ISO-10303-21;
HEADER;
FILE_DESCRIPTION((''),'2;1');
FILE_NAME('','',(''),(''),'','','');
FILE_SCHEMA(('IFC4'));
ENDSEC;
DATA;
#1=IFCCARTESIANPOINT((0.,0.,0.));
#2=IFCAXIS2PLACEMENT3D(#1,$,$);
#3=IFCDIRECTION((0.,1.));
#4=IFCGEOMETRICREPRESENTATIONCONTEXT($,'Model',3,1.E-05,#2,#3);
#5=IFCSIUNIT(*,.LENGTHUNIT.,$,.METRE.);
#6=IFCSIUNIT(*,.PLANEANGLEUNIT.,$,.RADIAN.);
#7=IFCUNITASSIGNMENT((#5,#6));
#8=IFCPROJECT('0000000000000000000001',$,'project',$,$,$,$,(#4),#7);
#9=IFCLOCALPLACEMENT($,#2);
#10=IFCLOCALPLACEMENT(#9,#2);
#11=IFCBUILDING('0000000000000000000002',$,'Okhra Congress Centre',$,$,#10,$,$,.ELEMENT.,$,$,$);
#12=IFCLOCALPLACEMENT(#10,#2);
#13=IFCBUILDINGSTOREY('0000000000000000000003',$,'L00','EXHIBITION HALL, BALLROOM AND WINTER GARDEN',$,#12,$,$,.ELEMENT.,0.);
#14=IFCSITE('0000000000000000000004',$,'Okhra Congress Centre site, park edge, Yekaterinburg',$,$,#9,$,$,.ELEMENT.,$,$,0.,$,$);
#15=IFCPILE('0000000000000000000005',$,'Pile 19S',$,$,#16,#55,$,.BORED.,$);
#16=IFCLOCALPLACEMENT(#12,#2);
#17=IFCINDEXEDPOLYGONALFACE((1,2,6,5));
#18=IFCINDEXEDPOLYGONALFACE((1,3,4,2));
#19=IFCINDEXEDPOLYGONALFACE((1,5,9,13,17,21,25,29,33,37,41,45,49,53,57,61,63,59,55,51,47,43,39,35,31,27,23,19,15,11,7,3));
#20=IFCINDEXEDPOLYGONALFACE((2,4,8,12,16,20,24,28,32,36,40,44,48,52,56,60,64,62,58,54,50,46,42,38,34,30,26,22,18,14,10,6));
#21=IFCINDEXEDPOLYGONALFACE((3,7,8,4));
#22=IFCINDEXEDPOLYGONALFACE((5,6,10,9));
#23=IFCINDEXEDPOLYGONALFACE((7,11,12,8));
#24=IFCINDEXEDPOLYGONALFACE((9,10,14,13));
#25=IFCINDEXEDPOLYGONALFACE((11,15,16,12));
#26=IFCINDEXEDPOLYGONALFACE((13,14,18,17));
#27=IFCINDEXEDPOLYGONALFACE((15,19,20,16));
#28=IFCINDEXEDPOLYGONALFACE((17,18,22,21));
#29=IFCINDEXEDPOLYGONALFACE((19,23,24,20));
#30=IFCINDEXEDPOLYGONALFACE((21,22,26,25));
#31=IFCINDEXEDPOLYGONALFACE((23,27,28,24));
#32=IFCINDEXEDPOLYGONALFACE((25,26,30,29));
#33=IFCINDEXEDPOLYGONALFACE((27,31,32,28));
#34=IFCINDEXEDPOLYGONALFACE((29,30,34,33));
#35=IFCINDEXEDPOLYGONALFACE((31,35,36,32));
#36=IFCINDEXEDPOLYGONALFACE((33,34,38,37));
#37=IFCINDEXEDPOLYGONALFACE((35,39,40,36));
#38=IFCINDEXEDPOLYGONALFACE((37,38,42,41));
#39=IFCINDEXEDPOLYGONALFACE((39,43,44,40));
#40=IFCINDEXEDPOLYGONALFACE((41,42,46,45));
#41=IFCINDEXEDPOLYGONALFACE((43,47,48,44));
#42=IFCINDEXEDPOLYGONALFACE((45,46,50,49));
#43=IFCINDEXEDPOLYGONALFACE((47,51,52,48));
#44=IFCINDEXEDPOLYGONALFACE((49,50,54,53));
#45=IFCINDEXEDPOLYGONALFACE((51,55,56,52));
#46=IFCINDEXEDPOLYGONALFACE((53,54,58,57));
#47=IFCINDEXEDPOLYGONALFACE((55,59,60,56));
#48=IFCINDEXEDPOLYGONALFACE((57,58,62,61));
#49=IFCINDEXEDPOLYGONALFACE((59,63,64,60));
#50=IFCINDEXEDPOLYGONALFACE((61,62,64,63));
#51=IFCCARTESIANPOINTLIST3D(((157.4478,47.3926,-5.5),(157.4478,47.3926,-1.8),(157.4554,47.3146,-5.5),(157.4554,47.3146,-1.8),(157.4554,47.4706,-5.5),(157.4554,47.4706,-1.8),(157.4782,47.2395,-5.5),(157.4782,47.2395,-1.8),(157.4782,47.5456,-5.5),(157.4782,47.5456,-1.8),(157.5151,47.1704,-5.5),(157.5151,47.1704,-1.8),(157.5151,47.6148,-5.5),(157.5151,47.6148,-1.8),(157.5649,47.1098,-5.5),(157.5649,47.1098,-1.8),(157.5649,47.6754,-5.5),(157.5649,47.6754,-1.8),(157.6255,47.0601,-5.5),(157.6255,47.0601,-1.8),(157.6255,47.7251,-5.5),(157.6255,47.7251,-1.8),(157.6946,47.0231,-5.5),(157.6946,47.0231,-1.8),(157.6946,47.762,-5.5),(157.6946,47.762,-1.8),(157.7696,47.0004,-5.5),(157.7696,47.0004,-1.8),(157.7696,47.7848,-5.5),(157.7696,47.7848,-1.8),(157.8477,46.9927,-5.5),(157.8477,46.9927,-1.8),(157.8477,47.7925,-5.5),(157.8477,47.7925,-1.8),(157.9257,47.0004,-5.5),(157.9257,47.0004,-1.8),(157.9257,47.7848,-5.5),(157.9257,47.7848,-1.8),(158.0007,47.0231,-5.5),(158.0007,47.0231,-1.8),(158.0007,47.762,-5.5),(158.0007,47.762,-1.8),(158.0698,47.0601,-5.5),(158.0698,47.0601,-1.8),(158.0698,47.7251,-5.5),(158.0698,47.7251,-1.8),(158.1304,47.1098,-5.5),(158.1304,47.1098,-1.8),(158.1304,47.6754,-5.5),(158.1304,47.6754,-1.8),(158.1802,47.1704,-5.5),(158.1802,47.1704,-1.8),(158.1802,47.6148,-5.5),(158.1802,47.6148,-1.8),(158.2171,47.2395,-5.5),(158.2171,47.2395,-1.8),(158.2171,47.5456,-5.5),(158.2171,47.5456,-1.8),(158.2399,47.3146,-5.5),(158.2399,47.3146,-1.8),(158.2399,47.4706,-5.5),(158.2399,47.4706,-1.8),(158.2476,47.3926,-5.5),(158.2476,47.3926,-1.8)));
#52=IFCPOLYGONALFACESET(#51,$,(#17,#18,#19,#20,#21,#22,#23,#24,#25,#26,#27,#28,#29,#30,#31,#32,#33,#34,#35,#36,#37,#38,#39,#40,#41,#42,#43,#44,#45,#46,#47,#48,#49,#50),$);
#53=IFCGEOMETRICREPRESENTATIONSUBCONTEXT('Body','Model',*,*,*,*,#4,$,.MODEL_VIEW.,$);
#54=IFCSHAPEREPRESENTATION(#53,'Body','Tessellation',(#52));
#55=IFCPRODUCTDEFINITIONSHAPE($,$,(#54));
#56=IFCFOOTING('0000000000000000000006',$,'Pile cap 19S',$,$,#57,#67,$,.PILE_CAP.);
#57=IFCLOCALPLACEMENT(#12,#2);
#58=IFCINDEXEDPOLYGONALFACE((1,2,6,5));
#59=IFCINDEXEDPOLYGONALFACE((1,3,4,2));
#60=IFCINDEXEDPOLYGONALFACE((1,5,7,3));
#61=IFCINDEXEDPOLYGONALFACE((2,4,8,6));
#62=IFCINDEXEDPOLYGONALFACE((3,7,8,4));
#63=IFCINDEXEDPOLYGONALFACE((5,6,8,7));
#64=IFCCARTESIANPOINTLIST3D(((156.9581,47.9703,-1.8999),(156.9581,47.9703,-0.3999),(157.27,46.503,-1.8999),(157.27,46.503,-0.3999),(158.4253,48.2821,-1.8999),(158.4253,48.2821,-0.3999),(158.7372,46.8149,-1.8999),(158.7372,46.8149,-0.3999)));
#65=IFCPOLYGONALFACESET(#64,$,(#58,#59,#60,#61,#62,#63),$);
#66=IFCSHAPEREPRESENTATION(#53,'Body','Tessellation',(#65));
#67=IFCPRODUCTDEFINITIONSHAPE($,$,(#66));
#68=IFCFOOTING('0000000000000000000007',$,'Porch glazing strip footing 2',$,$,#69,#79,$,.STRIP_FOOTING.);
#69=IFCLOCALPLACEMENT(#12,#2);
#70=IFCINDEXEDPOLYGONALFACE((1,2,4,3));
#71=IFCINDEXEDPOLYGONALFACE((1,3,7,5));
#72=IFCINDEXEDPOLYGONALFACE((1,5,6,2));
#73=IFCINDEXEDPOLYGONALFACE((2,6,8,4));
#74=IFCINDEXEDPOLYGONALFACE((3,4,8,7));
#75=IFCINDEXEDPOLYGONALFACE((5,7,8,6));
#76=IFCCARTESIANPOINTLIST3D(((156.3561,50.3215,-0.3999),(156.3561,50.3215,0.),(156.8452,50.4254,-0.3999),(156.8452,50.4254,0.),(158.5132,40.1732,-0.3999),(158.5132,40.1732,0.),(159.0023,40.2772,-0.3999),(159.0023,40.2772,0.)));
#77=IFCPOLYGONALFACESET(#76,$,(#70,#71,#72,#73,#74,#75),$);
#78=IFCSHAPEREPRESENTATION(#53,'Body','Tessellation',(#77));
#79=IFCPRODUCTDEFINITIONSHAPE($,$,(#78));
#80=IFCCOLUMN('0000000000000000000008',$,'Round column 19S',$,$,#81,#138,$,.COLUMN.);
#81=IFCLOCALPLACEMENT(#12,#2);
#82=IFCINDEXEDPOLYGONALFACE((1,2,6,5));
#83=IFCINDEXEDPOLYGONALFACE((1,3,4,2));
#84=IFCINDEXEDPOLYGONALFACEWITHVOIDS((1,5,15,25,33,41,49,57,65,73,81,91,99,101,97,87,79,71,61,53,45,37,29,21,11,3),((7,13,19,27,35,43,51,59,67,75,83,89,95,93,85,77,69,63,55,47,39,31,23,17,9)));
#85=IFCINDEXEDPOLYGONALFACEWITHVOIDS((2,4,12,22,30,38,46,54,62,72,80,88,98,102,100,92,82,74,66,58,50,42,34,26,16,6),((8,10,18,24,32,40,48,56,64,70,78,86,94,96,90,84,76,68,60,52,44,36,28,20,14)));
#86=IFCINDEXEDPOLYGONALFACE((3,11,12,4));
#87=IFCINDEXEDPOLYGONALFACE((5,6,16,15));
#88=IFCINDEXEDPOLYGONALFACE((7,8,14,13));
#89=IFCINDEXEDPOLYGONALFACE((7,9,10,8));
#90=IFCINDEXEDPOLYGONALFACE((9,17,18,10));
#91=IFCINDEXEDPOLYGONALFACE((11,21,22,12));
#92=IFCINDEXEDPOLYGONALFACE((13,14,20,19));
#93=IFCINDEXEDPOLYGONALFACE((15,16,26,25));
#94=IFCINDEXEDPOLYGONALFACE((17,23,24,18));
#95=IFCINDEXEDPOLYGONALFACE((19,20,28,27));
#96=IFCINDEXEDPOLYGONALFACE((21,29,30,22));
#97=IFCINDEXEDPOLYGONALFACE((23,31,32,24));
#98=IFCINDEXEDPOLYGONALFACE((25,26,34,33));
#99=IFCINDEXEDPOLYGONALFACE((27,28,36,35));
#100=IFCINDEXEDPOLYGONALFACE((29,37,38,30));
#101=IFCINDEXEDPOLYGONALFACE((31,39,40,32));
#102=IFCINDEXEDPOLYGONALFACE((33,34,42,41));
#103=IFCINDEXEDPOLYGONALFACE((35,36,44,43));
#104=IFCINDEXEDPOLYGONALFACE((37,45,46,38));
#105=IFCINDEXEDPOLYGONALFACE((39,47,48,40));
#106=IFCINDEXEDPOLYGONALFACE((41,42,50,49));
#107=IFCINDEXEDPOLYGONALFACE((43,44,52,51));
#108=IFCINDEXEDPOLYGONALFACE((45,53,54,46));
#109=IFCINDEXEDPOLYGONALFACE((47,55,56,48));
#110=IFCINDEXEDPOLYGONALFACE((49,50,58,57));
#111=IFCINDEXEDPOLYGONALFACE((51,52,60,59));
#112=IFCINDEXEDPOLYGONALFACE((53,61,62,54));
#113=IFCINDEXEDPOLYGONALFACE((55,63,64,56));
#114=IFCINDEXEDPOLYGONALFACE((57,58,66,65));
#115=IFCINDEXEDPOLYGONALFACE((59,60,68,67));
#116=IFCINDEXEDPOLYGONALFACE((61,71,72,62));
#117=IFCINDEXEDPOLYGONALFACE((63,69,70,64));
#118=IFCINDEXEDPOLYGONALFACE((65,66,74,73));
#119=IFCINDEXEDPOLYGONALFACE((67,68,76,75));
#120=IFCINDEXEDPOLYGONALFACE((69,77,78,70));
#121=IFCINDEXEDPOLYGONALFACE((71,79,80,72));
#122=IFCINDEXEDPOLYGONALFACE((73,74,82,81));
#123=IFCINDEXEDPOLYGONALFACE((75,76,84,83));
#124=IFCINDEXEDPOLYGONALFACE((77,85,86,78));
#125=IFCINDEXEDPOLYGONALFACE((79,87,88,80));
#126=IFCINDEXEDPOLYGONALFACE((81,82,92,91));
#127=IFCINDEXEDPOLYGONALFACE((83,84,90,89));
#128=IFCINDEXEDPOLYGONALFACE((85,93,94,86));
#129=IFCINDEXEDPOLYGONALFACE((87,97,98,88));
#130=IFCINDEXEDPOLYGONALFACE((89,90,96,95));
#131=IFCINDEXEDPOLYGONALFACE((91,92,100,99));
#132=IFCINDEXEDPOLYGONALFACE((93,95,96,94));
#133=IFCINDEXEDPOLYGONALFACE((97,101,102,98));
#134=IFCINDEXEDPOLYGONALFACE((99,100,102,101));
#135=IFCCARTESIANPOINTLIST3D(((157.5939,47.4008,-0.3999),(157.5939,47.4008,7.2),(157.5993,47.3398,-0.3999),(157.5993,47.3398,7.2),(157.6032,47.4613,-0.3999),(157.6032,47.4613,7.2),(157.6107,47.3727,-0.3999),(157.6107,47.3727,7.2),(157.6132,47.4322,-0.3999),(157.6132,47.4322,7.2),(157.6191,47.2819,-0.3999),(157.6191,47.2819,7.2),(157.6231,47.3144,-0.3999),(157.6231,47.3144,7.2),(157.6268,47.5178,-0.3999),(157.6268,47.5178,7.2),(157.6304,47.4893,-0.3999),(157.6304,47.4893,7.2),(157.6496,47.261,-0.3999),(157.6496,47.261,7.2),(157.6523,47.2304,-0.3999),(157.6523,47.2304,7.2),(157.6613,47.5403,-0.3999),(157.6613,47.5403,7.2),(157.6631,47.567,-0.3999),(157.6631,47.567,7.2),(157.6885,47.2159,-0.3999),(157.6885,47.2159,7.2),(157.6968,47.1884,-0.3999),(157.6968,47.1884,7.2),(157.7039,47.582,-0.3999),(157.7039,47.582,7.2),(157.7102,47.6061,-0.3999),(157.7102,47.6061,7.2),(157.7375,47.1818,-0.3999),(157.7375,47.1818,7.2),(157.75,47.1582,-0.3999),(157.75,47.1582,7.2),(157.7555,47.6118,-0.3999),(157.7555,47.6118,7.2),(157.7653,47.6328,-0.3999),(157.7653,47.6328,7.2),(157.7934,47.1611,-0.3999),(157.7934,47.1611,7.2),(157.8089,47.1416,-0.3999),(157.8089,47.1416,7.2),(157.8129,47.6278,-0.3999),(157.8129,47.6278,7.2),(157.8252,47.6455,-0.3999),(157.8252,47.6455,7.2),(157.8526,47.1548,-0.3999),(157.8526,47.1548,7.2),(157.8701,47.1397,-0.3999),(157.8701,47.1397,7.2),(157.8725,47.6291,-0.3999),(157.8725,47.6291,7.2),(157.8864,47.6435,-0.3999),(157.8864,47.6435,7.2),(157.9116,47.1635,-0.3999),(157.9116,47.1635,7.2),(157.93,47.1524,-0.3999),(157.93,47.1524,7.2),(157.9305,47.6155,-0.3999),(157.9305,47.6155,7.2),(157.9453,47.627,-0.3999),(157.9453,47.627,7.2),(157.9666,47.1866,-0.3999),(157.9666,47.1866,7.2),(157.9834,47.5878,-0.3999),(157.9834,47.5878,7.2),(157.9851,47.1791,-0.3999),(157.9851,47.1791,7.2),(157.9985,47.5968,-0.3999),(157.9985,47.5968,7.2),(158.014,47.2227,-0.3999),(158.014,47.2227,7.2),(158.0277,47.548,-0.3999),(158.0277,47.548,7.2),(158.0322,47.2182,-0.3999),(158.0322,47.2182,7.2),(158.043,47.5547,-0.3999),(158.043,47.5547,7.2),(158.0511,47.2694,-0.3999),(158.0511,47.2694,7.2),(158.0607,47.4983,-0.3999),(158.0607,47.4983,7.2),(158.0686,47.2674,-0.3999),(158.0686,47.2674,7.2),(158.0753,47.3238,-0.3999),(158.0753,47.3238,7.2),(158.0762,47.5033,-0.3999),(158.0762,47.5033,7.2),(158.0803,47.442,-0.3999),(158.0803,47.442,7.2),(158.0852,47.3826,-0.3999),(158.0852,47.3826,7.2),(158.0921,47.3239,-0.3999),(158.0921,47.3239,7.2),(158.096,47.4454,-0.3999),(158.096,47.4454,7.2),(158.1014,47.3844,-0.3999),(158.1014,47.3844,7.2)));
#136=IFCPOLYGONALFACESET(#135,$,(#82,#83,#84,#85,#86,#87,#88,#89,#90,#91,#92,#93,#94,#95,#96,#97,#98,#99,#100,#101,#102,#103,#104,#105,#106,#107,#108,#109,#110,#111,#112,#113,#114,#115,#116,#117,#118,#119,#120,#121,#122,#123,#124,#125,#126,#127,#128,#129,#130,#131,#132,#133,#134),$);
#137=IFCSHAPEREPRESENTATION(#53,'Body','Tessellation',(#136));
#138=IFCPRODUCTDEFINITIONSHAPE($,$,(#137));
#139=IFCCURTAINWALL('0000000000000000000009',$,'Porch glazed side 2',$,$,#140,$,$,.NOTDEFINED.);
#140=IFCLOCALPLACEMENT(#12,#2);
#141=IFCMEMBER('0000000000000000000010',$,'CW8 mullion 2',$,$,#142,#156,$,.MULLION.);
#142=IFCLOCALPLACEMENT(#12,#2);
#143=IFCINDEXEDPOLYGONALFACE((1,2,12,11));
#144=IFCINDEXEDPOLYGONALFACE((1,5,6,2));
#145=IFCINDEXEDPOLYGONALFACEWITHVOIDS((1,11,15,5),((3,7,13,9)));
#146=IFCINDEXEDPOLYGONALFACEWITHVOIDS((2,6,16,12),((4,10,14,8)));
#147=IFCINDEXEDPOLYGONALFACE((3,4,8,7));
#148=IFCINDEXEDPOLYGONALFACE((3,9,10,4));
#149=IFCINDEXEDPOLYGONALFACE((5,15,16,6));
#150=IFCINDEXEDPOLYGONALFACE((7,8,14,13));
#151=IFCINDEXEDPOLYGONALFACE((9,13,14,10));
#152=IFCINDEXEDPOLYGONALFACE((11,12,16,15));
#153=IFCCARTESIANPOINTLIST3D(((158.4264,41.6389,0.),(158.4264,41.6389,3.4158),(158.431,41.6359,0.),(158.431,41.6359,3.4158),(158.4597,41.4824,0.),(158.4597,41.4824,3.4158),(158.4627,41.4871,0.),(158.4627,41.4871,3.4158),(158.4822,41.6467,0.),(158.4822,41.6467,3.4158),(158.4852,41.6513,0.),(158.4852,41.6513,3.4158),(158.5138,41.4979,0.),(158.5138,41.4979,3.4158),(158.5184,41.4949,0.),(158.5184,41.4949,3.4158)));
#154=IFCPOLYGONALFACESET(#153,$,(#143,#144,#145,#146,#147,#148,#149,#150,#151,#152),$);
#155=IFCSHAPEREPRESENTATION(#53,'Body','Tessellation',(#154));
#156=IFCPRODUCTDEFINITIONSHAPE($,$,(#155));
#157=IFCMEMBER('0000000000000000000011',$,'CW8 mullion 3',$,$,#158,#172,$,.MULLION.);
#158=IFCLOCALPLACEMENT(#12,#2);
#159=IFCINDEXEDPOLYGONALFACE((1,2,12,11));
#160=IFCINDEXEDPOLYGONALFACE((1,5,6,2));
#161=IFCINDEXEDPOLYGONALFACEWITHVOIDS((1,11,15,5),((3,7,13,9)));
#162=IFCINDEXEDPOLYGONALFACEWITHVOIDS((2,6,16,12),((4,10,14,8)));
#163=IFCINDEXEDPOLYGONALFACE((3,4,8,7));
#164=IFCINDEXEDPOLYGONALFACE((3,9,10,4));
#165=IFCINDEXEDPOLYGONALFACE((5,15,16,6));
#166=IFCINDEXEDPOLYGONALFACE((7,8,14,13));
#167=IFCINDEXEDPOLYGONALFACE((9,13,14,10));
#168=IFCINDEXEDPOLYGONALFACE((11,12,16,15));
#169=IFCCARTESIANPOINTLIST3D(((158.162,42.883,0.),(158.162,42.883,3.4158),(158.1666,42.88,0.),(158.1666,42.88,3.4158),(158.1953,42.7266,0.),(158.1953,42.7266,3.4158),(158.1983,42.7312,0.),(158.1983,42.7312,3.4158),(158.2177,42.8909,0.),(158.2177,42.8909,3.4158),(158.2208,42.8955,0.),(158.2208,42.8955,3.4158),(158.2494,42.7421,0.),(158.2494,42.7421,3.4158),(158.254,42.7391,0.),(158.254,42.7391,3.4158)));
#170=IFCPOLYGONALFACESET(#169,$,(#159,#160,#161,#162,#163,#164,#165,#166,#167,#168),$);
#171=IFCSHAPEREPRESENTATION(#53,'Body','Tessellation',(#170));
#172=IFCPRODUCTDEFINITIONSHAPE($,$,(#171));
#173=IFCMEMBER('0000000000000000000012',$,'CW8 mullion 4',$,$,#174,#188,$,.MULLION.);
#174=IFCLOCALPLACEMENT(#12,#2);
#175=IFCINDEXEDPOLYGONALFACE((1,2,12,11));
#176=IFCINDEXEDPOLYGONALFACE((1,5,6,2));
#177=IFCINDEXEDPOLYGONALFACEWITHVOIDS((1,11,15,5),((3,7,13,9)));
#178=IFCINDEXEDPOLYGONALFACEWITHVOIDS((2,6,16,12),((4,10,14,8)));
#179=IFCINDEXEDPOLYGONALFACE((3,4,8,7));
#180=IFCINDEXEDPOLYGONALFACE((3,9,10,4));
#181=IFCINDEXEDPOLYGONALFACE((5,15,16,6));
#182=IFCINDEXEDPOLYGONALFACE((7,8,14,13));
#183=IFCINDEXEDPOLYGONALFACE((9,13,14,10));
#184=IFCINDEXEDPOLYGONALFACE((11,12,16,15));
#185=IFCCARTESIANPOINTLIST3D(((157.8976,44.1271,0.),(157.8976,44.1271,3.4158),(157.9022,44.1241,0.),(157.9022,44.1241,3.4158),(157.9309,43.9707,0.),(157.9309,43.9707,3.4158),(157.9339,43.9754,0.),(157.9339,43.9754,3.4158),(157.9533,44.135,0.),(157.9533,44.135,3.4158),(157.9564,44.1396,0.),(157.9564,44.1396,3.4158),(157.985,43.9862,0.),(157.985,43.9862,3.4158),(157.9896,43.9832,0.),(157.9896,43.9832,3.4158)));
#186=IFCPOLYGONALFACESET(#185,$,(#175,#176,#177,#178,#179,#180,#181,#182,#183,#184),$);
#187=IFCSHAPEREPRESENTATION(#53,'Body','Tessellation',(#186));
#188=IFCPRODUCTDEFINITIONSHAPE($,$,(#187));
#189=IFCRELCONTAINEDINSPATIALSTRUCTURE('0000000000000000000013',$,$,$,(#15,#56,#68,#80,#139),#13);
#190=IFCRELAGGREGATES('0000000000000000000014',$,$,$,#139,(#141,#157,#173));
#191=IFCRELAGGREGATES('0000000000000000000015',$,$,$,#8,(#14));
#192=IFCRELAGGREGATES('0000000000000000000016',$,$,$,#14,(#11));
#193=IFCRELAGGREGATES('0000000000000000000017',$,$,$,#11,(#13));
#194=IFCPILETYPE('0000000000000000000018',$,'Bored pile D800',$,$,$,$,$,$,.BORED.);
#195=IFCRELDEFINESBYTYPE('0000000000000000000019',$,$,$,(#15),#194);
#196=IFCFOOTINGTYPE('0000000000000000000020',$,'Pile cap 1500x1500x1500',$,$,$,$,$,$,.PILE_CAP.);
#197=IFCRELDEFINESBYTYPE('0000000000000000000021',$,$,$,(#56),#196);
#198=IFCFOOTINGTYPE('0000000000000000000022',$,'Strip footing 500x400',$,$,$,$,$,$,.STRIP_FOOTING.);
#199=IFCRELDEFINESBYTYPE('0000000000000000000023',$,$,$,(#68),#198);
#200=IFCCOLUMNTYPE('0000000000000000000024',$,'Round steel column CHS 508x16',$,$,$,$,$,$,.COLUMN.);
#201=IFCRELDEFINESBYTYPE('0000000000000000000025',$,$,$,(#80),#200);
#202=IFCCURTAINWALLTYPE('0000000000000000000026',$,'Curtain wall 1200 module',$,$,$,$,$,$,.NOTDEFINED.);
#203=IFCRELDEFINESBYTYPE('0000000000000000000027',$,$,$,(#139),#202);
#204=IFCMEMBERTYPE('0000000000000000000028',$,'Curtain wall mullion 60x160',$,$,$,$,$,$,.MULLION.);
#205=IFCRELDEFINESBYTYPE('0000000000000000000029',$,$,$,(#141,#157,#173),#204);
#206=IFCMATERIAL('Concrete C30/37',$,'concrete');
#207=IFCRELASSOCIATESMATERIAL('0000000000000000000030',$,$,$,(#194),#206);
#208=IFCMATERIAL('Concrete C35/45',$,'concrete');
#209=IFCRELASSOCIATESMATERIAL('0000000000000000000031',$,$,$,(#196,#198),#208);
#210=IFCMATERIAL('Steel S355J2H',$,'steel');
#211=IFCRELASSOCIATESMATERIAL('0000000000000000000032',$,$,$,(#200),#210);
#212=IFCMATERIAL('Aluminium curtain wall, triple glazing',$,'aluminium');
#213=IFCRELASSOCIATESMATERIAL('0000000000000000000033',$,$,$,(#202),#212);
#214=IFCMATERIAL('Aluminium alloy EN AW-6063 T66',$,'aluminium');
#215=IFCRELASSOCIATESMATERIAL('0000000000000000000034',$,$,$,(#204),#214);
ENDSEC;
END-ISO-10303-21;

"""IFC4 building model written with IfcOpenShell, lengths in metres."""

from ifc_helpers import new_model, si_unit, direction, frame, origin, origin_2d, place, context, subcontext, project, spatial, rectangle, hollow_rectangle, circle, hollow_circle, extrude, material, material_profile, profile_set, type_object, element, aggregate, save


model = new_model("IFC4")

# Units and contexts
model_context = context("Model", 3, precision=1e-05, world=origin(), true_north=direction((0.0, 1.0)))
body_context = subcontext(model_context, "Body", "Model", "MODEL_VIEW")
ifc_project = project(units=[si_unit("LENGTHUNIT", "METRE"), si_unit("PLANEANGLEUNIT", "RADIAN")], contexts=[model_context])

# Site, building, storey
site_placement = place(None, origin())
site = spatial("IfcSite", under=ifc_project, at=site_placement, Name="Okhra Congress Centre site, park edge, Yekaterinburg", CompositionType="ELEMENT", RefElevation=0.0)
building_placement = place(site_placement, origin())
building = spatial("IfcBuilding", under=site, at=building_placement, Name="Okhra Congress Centre", CompositionType="ELEMENT")
storey_placement = place(building_placement, origin())
storey = spatial("IfcBuildingStorey", under=building, at=storey_placement, Name="L00", Description="EXHIBITION HALL, BALLROOM AND WINTER GARDEN", CompositionType="ELEMENT", Elevation=0.0)

# Pile
ifc_material_1 = material(Name="Concrete C30/37", Category="concrete")
ifc_material_profile_1 = material_profile(ifc_material_1, circle(Radius=0.3999, at=origin_2d()), Name="D800")
ifc_profile_set_1 = profile_set([ifc_material_profile_1], Name="Concrete C30/37")
pile_type = type_object("IfcPileType", Name="Bored pile D800", PredefinedType="BORED", material=ifc_profile_set_1)
pile_placement = place(storey_placement, frame((157.8477, 47.3926, -1.8), z_axis=(0.0, 0.0, -1.0), x_axis=(1.0, 0.0, 0.0)))
element("IfcPile", 1, at=pile_placement, inside=storey, type_object=pile_type, Name="Pile 19S", PredefinedType="BORED", context=body_context, shape_type="SweptSolid", body=[
    extrude(circle(Radius=0.3999, at=origin_2d()), origin(), (0.0, 0.0, 1.0), 3.7),
])

# Footings
ifc_material_2 = material(Name="Concrete C35/45", Category="concrete")
footing_type_1 = type_object("IfcFootingType", Name="Pile cap 1500x1500x1500", PredefinedType="PILE_CAP", material=ifc_material_2)
footing_1_placement = place(storey_placement, frame((157.8477, 47.3926, -1.8999), z_axis=(0.0, 0.0, 1.0), x_axis=(0.978148, 0.207912, 0.0)))
element("IfcFooting", 2, at=footing_1_placement, inside=storey, type_object=footing_type_1, Name="Pile cap 19S", PredefinedType="PILE_CAP", context=body_context, shape_type="SweptSolid", body=[
    extrude(rectangle(XDim=1.5, YDim=1.5, at=origin_2d()), origin(), (0.0, 0.0, 1.0), 1.5),
])
footing_type_2 = type_object("IfcFootingType", Name="Strip footing 500x400", PredefinedType="STRIP_FOOTING", material=ifc_material_2)
footing_2_placement = place(storey_placement, frame((157.6792, 45.2993, -0.3999), z_axis=(0.0, 0.0, 1.0), x_axis=(0.978148, 0.207912, 0.0)))
element("IfcFooting", 3, at=footing_2_placement, inside=storey, type_object=footing_type_2, Name="Porch glazing strip footing 2", PredefinedType="STRIP_FOOTING", context=body_context, shape_type="SweptSolid", body=[
    extrude(rectangle(XDim=0.5, YDim=10.375, at=origin_2d()), origin(), (0.0, 0.0, 1.0), 0.3999),
])

# Column
ifc_material_3 = material(Name="Steel S355J2H", Category="steel")
ifc_material_profile_2 = material_profile(ifc_material_3, hollow_circle(Radius=0.2539, WallThickness=0.0161, at=origin_2d()), Name="CHS 508x16")
ifc_profile_set_2 = profile_set([ifc_material_profile_2], Name="Steel S355J2H")
column_type = type_object("IfcColumnType", Name="Round steel column CHS 508x16", PredefinedType="COLUMN", material=ifc_profile_set_2)
column_placement = place(storey_placement, frame((157.8477, 47.3926, -0.3999), z_axis=(0.0, 0.0, 1.0), x_axis=(0.978148, 0.207912, 0.0)))
element("IfcColumn", 4, at=column_placement, inside=storey, type_object=column_type, Name="Round column 19S", PredefinedType="COLUMN", context=body_context, shape_type="SweptSolid", body=[
    extrude(hollow_circle(Radius=0.2539, WallThickness=0.0161, at=origin_2d()), origin(), (0.0, 0.0, 1.0), 7.5999),
])

# Curtain wall, members
ifc_material_4 = material(Name="Aluminium curtain wall, triple glazing", Category="aluminium")
curtain_wall_type = type_object("IfcCurtainWallType", Name="Curtain wall 1200 module", PredefinedType="NOTDEFINED", material=ifc_material_4)
curtain_wall_placement = place(storey_placement, origin())
curtain_wall = element("IfcCurtainWall", 5, at=curtain_wall_placement, inside=storey, type_object=curtain_wall_type, Name="Porch glazed side 2", PredefinedType="NOTDEFINED")
ifc_material_5 = material(Name="Aluminium alloy EN AW-6063 T66", Category="aluminium")
ifc_material_profile_3 = material_profile(ifc_material_5, hollow_rectangle(XDim=0.0601, YDim=0.1599, WallThickness=0.0039, at=origin_2d()), Name="RHS 60x160x4")
ifc_profile_set_3 = profile_set([ifc_material_profile_3], Name="Aluminium alloy EN AW-6063 T66")
member_type_1 = type_object("IfcMemberType", Name="Curtain wall mullion 60x160", PredefinedType="MULLION", material=ifc_profile_set_3)
member_1_placement = place(storey_placement, frame((158.4724, 41.5669, 0.0), z_axis=(0.0, 0.0, 1.0), x_axis=(-0.978148, -0.207912, 0.0)))
member_1 = element("IfcMember", 6, at=member_1_placement, type_object=member_type_1, Name="CW8 mullion 2", PredefinedType="MULLION", context=body_context, shape_type="SweptSolid", body=[
    extrude(hollow_rectangle(XDim=0.0601, YDim=0.1599, WallThickness=0.0039, at=origin_2d()), origin(), (0.0, 0.0, 1.0), 3.4158),
])
member_2_placement = place(storey_placement, frame((158.208, 42.811, 0.0), z_axis=(0.0, 0.0, 1.0), x_axis=(-0.978148, -0.207912, 0.0)))
member_2 = element("IfcMember", 7, at=member_2_placement, type_object=member_type_1, Name="CW8 mullion 3", PredefinedType="MULLION", context=body_context, shape_type="SweptSolid", body=[
    extrude(hollow_rectangle(XDim=0.0601, YDim=0.1599, WallThickness=0.0039, at=origin_2d()), origin(), (0.0, 0.0, 1.0), 3.4158),
])
member_3_placement = place(storey_placement, frame((157.9436, 44.0552, 0.0), z_axis=(0.0, 0.0, 1.0), x_axis=(-0.978148, -0.207912, 0.0)))
member_3 = element("IfcMember", 8, at=member_3_placement, type_object=member_type_1, Name="CW8 mullion 4", PredefinedType="MULLION", context=body_context, shape_type="SweptSolid", body=[
    extrude(hollow_rectangle(XDim=0.0601, YDim=0.1599, WallThickness=0.0039, at=origin_2d()), origin(), (0.0, 0.0, 1.0), 3.4158),
])

aggregate(curtain_wall, [member_1, member_2, member_3])

save(model, "model.ifc")
